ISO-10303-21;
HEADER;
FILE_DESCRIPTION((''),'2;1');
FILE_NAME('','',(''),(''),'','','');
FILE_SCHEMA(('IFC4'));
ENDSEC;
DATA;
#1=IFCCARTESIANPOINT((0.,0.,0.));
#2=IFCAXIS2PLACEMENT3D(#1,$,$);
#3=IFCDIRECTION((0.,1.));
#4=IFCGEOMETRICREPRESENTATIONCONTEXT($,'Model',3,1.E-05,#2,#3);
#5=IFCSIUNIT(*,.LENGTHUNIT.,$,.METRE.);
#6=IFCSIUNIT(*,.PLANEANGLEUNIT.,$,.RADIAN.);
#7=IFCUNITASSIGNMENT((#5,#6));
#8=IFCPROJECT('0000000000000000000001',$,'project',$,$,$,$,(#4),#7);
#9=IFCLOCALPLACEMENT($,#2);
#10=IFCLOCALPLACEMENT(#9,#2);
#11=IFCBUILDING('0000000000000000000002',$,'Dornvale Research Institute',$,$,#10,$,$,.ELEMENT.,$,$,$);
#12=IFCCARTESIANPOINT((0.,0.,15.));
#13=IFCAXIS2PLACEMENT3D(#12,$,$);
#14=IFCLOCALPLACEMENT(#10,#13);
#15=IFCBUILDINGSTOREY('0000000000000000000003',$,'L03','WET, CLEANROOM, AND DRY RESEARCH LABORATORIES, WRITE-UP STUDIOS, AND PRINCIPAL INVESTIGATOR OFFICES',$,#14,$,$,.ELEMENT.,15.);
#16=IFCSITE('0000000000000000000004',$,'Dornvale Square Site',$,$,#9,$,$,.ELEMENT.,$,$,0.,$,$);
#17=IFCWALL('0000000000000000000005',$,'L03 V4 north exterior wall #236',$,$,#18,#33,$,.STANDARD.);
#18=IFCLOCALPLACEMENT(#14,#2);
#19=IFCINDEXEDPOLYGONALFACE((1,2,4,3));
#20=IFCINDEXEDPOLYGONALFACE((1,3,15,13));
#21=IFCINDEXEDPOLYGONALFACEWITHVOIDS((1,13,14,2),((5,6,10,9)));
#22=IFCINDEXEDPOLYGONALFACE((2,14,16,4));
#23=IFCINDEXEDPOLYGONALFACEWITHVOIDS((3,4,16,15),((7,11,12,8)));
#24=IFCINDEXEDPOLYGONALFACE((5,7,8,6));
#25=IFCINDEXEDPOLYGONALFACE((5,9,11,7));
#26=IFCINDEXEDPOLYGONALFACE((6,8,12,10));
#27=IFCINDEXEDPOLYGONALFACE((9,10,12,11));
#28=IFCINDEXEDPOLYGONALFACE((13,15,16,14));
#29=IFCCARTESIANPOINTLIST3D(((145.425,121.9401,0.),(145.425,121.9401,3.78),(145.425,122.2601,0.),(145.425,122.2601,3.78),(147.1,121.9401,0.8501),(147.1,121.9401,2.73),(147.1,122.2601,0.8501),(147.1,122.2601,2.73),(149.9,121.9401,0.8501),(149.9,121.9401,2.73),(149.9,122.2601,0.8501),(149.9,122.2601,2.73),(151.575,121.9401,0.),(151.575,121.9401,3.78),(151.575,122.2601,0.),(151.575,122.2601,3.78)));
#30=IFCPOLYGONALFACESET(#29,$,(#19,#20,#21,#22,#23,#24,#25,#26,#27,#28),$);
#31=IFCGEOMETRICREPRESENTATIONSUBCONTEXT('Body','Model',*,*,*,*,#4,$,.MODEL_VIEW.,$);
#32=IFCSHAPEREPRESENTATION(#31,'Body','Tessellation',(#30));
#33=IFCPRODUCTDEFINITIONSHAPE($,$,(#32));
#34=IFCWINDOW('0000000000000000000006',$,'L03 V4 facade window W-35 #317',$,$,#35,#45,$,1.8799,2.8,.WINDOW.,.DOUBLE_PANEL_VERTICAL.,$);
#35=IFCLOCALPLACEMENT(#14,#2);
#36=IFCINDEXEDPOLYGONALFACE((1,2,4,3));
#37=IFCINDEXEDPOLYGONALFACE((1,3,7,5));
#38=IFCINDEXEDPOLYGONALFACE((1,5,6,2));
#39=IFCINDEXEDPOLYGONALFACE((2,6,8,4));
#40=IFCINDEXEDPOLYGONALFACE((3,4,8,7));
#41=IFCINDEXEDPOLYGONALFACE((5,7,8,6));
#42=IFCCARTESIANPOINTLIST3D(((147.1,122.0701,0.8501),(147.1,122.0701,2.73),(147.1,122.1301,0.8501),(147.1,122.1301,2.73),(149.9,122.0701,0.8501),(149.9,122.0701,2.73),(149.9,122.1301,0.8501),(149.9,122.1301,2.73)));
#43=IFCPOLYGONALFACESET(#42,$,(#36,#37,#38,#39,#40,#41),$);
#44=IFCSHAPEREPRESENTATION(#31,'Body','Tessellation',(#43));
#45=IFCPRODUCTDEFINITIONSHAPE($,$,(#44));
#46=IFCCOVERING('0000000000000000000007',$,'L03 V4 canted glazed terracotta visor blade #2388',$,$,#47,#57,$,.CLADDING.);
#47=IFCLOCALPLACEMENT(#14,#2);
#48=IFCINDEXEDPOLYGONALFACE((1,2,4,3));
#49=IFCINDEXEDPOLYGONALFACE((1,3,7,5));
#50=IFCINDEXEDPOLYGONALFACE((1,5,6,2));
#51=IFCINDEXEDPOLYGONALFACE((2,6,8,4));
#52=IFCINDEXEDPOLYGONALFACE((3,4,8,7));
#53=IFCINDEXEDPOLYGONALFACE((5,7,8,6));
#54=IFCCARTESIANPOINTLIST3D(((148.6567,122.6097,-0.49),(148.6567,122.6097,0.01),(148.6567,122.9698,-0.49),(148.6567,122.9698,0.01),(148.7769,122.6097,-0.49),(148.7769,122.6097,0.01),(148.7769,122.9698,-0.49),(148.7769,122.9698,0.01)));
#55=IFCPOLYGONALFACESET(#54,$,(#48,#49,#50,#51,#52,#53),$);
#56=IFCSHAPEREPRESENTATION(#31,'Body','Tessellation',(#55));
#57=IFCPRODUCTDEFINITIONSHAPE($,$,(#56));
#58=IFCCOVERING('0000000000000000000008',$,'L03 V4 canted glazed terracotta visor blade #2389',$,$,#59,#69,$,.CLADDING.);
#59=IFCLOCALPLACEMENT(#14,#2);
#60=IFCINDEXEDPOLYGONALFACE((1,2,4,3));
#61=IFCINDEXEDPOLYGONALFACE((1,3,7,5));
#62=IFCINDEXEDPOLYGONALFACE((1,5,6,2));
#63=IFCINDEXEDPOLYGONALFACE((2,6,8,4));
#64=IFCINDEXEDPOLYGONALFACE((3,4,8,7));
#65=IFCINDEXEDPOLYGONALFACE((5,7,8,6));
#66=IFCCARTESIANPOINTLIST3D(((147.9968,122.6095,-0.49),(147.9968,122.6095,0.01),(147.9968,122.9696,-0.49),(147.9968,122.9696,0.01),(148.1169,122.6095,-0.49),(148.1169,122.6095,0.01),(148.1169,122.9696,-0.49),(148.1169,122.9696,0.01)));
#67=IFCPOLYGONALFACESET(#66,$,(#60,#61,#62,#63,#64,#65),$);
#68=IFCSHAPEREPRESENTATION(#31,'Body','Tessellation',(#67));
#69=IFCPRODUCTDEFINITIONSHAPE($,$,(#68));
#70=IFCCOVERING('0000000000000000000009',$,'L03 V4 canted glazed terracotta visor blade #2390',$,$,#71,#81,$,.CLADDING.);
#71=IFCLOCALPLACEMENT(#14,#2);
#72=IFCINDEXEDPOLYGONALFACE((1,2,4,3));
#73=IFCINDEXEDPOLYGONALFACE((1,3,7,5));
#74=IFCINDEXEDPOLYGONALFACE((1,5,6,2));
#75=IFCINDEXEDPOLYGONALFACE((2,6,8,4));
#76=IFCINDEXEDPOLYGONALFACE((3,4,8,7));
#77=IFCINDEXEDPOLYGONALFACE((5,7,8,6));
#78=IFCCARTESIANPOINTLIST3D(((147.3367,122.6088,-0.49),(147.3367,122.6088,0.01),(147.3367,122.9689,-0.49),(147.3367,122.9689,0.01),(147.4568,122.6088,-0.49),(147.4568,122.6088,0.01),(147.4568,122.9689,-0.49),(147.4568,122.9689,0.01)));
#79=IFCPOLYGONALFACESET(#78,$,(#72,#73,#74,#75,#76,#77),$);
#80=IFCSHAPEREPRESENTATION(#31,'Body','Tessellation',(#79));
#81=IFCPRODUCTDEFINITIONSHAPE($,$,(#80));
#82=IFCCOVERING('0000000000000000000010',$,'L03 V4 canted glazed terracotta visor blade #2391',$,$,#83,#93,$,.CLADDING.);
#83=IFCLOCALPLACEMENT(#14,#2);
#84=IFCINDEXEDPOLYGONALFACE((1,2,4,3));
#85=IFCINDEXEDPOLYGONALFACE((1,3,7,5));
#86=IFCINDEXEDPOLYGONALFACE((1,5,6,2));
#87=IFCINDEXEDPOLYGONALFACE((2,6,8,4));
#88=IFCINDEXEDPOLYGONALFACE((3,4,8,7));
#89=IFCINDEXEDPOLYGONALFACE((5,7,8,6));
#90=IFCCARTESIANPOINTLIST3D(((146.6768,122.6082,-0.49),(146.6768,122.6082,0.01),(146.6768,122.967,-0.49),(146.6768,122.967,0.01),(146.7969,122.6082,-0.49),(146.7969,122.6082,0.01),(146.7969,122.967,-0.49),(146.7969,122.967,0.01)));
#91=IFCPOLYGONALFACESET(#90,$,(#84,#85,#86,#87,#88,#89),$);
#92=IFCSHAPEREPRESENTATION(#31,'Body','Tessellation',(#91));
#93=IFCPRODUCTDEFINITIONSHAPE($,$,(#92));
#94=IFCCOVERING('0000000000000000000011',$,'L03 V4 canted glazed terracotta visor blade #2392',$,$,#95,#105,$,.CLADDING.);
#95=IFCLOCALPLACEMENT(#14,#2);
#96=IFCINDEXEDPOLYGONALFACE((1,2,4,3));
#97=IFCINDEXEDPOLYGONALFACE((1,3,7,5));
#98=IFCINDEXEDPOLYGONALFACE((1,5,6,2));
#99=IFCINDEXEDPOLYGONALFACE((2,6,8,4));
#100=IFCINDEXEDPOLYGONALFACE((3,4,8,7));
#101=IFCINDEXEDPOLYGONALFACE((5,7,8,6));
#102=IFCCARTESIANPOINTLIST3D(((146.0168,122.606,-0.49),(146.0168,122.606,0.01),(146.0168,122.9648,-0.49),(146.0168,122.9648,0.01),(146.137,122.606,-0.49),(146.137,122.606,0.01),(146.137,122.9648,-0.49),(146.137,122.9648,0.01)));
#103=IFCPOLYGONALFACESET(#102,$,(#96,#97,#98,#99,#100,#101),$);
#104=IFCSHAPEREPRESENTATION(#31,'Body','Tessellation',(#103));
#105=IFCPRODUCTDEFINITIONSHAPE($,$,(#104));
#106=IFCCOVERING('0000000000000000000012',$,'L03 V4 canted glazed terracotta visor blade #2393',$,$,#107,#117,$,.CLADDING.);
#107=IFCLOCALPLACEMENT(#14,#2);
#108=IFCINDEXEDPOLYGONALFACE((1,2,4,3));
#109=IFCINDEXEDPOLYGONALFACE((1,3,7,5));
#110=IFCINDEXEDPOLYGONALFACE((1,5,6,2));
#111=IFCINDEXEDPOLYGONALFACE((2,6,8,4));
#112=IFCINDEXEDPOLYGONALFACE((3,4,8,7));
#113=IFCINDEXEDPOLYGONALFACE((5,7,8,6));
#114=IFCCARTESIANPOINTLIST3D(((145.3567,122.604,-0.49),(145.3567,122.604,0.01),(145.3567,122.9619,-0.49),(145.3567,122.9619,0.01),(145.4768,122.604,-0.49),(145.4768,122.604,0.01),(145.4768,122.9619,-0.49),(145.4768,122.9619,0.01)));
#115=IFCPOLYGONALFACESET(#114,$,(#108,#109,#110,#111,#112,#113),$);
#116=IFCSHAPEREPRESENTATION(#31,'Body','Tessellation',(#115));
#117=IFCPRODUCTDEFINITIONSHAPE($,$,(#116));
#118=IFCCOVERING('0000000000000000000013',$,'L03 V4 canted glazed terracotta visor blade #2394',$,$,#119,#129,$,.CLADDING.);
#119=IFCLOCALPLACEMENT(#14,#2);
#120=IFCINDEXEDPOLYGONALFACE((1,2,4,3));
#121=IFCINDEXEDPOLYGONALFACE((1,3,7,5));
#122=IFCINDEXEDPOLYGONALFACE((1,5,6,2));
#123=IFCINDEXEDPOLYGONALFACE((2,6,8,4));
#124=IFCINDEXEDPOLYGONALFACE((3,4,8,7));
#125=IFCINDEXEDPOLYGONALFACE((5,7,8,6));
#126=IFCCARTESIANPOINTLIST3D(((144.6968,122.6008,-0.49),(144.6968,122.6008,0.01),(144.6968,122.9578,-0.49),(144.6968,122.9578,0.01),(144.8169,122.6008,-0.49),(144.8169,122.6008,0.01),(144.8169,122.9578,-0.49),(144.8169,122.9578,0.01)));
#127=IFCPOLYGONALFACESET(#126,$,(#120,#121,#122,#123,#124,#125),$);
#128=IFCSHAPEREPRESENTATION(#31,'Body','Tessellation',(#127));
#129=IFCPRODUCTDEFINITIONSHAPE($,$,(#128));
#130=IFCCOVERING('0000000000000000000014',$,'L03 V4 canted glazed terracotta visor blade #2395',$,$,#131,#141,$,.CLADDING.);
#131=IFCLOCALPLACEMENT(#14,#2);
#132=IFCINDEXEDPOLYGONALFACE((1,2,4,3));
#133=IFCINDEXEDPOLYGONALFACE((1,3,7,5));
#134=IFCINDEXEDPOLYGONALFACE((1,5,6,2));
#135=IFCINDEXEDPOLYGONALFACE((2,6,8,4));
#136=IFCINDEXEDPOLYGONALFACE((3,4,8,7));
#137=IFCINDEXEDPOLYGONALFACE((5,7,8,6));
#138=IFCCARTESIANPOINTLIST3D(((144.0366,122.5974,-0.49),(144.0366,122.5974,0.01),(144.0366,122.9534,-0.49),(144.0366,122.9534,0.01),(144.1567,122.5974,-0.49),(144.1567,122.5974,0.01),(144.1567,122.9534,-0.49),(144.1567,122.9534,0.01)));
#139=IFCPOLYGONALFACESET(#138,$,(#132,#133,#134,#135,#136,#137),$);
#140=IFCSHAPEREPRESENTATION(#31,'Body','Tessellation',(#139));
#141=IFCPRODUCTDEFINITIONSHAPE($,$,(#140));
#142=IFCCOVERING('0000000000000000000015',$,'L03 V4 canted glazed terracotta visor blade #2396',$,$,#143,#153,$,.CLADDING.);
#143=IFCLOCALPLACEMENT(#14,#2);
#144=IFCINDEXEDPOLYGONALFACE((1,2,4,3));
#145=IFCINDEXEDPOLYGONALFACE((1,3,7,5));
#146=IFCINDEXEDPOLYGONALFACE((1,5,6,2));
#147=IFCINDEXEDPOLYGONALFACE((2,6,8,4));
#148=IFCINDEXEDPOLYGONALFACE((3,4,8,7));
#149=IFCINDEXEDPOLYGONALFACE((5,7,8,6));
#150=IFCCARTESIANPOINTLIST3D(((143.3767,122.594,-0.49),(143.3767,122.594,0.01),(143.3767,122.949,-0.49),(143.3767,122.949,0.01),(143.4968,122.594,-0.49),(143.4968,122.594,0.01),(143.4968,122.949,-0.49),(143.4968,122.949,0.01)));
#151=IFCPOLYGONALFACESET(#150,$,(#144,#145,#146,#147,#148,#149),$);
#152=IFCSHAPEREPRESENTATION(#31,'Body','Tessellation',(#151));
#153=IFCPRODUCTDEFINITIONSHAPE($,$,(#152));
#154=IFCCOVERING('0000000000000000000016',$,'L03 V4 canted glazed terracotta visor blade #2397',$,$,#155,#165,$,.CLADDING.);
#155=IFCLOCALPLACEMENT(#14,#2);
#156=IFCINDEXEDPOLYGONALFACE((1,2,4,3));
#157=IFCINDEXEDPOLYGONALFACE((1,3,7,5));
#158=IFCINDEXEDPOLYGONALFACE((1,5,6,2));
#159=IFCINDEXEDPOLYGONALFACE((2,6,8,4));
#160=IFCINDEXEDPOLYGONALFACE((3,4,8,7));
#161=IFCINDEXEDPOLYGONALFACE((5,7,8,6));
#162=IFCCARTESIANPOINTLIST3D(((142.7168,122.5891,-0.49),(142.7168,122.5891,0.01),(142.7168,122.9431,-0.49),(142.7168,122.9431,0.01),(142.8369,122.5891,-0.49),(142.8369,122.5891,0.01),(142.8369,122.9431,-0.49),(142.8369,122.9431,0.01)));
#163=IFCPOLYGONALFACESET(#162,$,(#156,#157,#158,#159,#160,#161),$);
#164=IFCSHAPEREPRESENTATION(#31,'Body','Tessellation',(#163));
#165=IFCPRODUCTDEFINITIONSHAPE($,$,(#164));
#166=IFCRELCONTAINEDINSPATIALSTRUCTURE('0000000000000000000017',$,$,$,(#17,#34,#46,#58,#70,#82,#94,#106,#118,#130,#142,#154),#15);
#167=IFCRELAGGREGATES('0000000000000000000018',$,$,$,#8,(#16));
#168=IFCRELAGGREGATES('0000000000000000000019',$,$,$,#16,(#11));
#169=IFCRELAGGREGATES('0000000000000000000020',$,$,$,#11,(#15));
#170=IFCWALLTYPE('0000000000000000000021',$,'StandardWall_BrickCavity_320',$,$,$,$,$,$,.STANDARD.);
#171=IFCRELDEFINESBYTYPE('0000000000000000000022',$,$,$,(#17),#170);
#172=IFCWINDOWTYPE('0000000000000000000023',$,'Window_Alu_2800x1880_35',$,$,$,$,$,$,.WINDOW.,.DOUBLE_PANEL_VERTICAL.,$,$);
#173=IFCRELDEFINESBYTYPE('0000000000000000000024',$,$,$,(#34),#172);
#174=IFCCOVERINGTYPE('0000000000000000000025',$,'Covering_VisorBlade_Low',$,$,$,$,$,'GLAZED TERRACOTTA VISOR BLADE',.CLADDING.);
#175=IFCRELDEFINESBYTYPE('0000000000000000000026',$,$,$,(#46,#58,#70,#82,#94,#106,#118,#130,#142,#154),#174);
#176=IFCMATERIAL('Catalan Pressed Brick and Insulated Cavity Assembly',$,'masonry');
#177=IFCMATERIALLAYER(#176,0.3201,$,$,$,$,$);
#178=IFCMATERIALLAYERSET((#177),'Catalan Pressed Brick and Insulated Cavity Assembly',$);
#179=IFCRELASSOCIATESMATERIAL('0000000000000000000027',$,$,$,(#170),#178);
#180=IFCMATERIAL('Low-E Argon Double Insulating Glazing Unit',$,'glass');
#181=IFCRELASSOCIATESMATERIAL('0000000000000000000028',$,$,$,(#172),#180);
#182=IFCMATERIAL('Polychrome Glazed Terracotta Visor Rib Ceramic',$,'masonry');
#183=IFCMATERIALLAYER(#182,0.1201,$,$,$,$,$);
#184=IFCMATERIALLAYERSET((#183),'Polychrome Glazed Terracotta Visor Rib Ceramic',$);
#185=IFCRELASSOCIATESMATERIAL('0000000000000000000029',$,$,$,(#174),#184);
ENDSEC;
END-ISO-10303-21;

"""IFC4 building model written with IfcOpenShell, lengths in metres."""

from ifc_helpers import new_model, si_unit, direction, frame, frame_2d, origin, origin_2d, place, context, subcontext, project, spatial, rectangle, extrude, material, layer, layer_set, type_object, element, fill, save


model = new_model("IFC4")

# Units and contexts
model_context = context("Model", 3, precision=1e-05, world=origin(), true_north=direction((0.0, 1.0)))
body_context = subcontext(model_context, "Body", "Model", "MODEL_VIEW")
ifc_project = project(units=[si_unit("LENGTHUNIT", "METRE"), si_unit("PLANEANGLEUNIT", "RADIAN")], contexts=[model_context])

# Site, building, storey
site_placement = place(None, origin())
site = spatial("IfcSite", under=ifc_project, at=site_placement, Name="Dornvale Square Site", CompositionType="ELEMENT", RefElevation=0.0)
building_placement = place(site_placement, origin())
building = spatial("IfcBuilding", under=site, at=building_placement, Name="Dornvale Research Institute", CompositionType="ELEMENT")
storey_placement = place(building_placement, frame((0.0, 0.0, 15.0)))
storey = spatial("IfcBuildingStorey", under=building, at=storey_placement, Name="L03", Description="WET, CLEANROOM, AND DRY RESEARCH LABORATORIES, WRITE-UP STUDIOS, AND PRINCIPAL INVESTIGATOR OFFICES", CompositionType="ELEMENT", Elevation=15.0)

# Wall, opening, window
ifc_material_1 = material(Name="Catalan Pressed Brick and Insulated Cavity Assembly", Category="masonry")
ifc_layer_1 = layer(ifc_material_1, 0.3201)
ifc_layer_set_1 = layer_set([ifc_layer_1], Name="Catalan Pressed Brick and Insulated Cavity Assembly")
wall_type = type_object("IfcWallType", Name="StandardWall_BrickCavity_320", PredefinedType="STANDARD", material=ifc_layer_set_1)
wall_placement = place(storey_placement, frame((145.425, 122.1001, 0.0), z_axis=(0.0, 0.0, 1.0), x_axis=(1.0, 0.0, 0.0)))
wall = element("IfcWall", 1, at=wall_placement, inside=storey, type_object=wall_type, Name="L03 V4 north exterior wall #236", PredefinedType="STANDARD", context=body_context, shape_type="SweptSolid", body=[
    extrude(rectangle(XDim=6.1499, YDim=0.3201, at=frame_2d((3.075, 0.0))), origin(), (0.0, 0.0, 1.0), 3.78),
])
opening_placement = place(wall_placement, frame((1.675, 0.0, 0.8501)))
opening = element("IfcOpeningElement", 2, at=opening_placement, cuts=wall, PredefinedType="OPENING", context=body_context, shape_type="SweptSolid", body=[
    extrude(rectangle(XDim=2.8, YDim=1.8799, at=frame_2d((1.3999, 0.9399))), frame((0.0, 0.175, 0.0), z_axis=(0.0, -1.0, 0.0), x_axis=(1.0, 0.0, 0.0)), (0.0, 0.0, 1.0), 0.3501),
])
ifc_material_2 = material(Name="Low-E Argon Double Insulating Glazing Unit", Category="glass")
window_type = type_object("IfcWindowType", Name="Window_Alu_2800x1880_35", PartitioningType="DOUBLE_PANEL_VERTICAL", PredefinedType="WINDOW", material=ifc_material_2)
window_placement = place(opening_placement, origin())
window = element("IfcWindow", 3, at=window_placement, inside=storey, type_object=window_type, Name="L03 V4 facade window W-35 #317", OverallHeight=1.8799, OverallWidth=2.8, PartitioningType="DOUBLE_PANEL_VERTICAL", PredefinedType="WINDOW", context=body_context, shape_type="SweptSolid", body=[
    extrude(rectangle(XDim=2.8, YDim=1.8799, at=frame_2d((1.3999, 0.9399))), frame((0.0, 0.03, 0.0), z_axis=(0.0, -1.0, 0.0), x_axis=(1.0, 0.0, 0.0)), (0.0, 0.0, 1.0), 0.0601),
])
fill(opening, window)

# Coverings
ifc_material_3 = material(Name="Polychrome Glazed Terracotta Visor Rib Ceramic", Category="masonry")
ifc_layer_2 = layer(ifc_material_3, 0.1201)
ifc_layer_set_2 = layer_set([ifc_layer_2], Name="Polychrome Glazed Terracotta Visor Rib Ceramic")
covering_type = type_object("IfcCoveringType", Name="Covering_VisorBlade_Low", ElementType="GLAZED TERRACOTTA VISOR BLADE", PredefinedType="CLADDING", material=ifc_layer_set_2)
for number, where, z_axis, x_axis, name in (
    (4, (148.7168, 122.7898, -0.49), (0.0, 0.0, 1.0), (0.0, 1.0, 0.0), "L03 V4 canted glazed terracotta visor blade #2388"),
    (5, (148.0569, 122.7896, -0.49), (0.0, 0.0, 1.0), (0.0, 1.0, 0.0), "L03 V4 canted glazed terracotta visor blade #2389"),
    (6, (147.3967, 122.7888, -0.49), (0.0, 0.0, 1.0), (0.0, 1.0, 0.0), "L03 V4 canted glazed terracotta visor blade #2390"),
):
    element("IfcCovering", number, at=place(storey_placement, frame(where, z_axis=z_axis, x_axis=x_axis)), inside=storey, type_object=covering_type, Name=name, PredefinedType="CLADDING", context=body_context, shape_type="SweptSolid", body=[
        extrude(rectangle(XDim=0.3601, YDim=0.1201, at=origin_2d()), origin(), (0.0, 0.0, 1.0), 0.5),
    ])
for number, where, z_axis, x_axis, name in (
    (7, (146.7368, 122.7876, -0.49), (0.0, 0.0, 1.0), (0.0, 1.0, 0.0), "L03 V4 canted glazed terracotta visor blade #2391"),
    (8, (146.0769, 122.7854, -0.49), (0.0, 0.0, 1.0), (0.0, 1.0, 0.0), "L03 V4 canted glazed terracotta visor blade #2392"),
):
    element("IfcCovering", number, at=place(storey_placement, frame(where, z_axis=z_axis, x_axis=x_axis)), inside=storey, type_object=covering_type, Name=name, PredefinedType="CLADDING", context=body_context, shape_type="SweptSolid", body=[
        extrude(rectangle(XDim=0.3589, YDim=0.1201, at=origin_2d()), origin(), (0.0, 0.0, 1.0), 0.5),
    ])
covering_1_placement = place(storey_placement, frame((145.4167, 122.783, -0.49), z_axis=(0.0, 0.0, 1.0), x_axis=(0.0, 1.0, 0.0)))
element("IfcCovering", 9, at=covering_1_placement, inside=storey, type_object=covering_type, Name="L03 V4 canted glazed terracotta visor blade #2393", PredefinedType="CLADDING", context=body_context, shape_type="SweptSolid", body=[
    extrude(rectangle(XDim=0.3579, YDim=0.1201, at=origin_2d()), origin(), (0.0, 0.0, 1.0), 0.5),
])
covering_2_placement = place(storey_placement, frame((144.7568, 122.7793, -0.49), z_axis=(0.0, 0.0, 1.0), x_axis=(0.0, 1.0, 0.0)))
element("IfcCovering", 10, at=covering_2_placement, inside=storey, type_object=covering_type, Name="L03 V4 canted glazed terracotta visor blade #2394", PredefinedType="CLADDING", context=body_context, shape_type="SweptSolid", body=[
    extrude(rectangle(XDim=0.3569, YDim=0.1201, at=origin_2d()), origin(), (0.0, 0.0, 1.0), 0.5),
])
covering_3_placement = place(storey_placement, frame((144.0967, 122.7754, -0.49), z_axis=(0.0, 0.0, 1.0), x_axis=(0.0, 1.0, 0.0)))
element("IfcCovering", 11, at=covering_3_placement, inside=storey, type_object=covering_type, Name="L03 V4 canted glazed terracotta visor blade #2395", PredefinedType="CLADDING", context=body_context, shape_type="SweptSolid", body=[
    extrude(rectangle(XDim=0.356, YDim=0.1201, at=origin_2d()), origin(), (0.0, 0.0, 1.0), 0.5),
])
covering_4_placement = place(storey_placement, frame((143.4368, 122.7715, -0.49), z_axis=(0.0, 0.0, 1.0), x_axis=(0.0, 1.0, 0.0)))
element("IfcCovering", 12, at=covering_4_placement, inside=storey, type_object=covering_type, Name="L03 V4 canted glazed terracotta visor blade #2396", PredefinedType="CLADDING", context=body_context, shape_type="SweptSolid", body=[
    extrude(rectangle(XDim=0.355, YDim=0.1201, at=origin_2d()), origin(), (0.0, 0.0, 1.0), 0.5),
])
covering_5_placement = place(storey_placement, frame((142.7769, 122.7661, -0.49), z_axis=(0.0, 0.0, 1.0), x_axis=(0.0, 1.0, 0.0)))
element("IfcCovering", 13, at=covering_5_placement, inside=storey, type_object=covering_type, Name="L03 V4 canted glazed terracotta visor blade #2397", PredefinedType="CLADDING", context=body_context, shape_type="SweptSolid", body=[
    extrude(rectangle(XDim=0.354, YDim=0.1201, at=origin_2d()), origin(), (0.0, 0.0, 1.0), 0.5),
])

save(model, "model.ifc")
